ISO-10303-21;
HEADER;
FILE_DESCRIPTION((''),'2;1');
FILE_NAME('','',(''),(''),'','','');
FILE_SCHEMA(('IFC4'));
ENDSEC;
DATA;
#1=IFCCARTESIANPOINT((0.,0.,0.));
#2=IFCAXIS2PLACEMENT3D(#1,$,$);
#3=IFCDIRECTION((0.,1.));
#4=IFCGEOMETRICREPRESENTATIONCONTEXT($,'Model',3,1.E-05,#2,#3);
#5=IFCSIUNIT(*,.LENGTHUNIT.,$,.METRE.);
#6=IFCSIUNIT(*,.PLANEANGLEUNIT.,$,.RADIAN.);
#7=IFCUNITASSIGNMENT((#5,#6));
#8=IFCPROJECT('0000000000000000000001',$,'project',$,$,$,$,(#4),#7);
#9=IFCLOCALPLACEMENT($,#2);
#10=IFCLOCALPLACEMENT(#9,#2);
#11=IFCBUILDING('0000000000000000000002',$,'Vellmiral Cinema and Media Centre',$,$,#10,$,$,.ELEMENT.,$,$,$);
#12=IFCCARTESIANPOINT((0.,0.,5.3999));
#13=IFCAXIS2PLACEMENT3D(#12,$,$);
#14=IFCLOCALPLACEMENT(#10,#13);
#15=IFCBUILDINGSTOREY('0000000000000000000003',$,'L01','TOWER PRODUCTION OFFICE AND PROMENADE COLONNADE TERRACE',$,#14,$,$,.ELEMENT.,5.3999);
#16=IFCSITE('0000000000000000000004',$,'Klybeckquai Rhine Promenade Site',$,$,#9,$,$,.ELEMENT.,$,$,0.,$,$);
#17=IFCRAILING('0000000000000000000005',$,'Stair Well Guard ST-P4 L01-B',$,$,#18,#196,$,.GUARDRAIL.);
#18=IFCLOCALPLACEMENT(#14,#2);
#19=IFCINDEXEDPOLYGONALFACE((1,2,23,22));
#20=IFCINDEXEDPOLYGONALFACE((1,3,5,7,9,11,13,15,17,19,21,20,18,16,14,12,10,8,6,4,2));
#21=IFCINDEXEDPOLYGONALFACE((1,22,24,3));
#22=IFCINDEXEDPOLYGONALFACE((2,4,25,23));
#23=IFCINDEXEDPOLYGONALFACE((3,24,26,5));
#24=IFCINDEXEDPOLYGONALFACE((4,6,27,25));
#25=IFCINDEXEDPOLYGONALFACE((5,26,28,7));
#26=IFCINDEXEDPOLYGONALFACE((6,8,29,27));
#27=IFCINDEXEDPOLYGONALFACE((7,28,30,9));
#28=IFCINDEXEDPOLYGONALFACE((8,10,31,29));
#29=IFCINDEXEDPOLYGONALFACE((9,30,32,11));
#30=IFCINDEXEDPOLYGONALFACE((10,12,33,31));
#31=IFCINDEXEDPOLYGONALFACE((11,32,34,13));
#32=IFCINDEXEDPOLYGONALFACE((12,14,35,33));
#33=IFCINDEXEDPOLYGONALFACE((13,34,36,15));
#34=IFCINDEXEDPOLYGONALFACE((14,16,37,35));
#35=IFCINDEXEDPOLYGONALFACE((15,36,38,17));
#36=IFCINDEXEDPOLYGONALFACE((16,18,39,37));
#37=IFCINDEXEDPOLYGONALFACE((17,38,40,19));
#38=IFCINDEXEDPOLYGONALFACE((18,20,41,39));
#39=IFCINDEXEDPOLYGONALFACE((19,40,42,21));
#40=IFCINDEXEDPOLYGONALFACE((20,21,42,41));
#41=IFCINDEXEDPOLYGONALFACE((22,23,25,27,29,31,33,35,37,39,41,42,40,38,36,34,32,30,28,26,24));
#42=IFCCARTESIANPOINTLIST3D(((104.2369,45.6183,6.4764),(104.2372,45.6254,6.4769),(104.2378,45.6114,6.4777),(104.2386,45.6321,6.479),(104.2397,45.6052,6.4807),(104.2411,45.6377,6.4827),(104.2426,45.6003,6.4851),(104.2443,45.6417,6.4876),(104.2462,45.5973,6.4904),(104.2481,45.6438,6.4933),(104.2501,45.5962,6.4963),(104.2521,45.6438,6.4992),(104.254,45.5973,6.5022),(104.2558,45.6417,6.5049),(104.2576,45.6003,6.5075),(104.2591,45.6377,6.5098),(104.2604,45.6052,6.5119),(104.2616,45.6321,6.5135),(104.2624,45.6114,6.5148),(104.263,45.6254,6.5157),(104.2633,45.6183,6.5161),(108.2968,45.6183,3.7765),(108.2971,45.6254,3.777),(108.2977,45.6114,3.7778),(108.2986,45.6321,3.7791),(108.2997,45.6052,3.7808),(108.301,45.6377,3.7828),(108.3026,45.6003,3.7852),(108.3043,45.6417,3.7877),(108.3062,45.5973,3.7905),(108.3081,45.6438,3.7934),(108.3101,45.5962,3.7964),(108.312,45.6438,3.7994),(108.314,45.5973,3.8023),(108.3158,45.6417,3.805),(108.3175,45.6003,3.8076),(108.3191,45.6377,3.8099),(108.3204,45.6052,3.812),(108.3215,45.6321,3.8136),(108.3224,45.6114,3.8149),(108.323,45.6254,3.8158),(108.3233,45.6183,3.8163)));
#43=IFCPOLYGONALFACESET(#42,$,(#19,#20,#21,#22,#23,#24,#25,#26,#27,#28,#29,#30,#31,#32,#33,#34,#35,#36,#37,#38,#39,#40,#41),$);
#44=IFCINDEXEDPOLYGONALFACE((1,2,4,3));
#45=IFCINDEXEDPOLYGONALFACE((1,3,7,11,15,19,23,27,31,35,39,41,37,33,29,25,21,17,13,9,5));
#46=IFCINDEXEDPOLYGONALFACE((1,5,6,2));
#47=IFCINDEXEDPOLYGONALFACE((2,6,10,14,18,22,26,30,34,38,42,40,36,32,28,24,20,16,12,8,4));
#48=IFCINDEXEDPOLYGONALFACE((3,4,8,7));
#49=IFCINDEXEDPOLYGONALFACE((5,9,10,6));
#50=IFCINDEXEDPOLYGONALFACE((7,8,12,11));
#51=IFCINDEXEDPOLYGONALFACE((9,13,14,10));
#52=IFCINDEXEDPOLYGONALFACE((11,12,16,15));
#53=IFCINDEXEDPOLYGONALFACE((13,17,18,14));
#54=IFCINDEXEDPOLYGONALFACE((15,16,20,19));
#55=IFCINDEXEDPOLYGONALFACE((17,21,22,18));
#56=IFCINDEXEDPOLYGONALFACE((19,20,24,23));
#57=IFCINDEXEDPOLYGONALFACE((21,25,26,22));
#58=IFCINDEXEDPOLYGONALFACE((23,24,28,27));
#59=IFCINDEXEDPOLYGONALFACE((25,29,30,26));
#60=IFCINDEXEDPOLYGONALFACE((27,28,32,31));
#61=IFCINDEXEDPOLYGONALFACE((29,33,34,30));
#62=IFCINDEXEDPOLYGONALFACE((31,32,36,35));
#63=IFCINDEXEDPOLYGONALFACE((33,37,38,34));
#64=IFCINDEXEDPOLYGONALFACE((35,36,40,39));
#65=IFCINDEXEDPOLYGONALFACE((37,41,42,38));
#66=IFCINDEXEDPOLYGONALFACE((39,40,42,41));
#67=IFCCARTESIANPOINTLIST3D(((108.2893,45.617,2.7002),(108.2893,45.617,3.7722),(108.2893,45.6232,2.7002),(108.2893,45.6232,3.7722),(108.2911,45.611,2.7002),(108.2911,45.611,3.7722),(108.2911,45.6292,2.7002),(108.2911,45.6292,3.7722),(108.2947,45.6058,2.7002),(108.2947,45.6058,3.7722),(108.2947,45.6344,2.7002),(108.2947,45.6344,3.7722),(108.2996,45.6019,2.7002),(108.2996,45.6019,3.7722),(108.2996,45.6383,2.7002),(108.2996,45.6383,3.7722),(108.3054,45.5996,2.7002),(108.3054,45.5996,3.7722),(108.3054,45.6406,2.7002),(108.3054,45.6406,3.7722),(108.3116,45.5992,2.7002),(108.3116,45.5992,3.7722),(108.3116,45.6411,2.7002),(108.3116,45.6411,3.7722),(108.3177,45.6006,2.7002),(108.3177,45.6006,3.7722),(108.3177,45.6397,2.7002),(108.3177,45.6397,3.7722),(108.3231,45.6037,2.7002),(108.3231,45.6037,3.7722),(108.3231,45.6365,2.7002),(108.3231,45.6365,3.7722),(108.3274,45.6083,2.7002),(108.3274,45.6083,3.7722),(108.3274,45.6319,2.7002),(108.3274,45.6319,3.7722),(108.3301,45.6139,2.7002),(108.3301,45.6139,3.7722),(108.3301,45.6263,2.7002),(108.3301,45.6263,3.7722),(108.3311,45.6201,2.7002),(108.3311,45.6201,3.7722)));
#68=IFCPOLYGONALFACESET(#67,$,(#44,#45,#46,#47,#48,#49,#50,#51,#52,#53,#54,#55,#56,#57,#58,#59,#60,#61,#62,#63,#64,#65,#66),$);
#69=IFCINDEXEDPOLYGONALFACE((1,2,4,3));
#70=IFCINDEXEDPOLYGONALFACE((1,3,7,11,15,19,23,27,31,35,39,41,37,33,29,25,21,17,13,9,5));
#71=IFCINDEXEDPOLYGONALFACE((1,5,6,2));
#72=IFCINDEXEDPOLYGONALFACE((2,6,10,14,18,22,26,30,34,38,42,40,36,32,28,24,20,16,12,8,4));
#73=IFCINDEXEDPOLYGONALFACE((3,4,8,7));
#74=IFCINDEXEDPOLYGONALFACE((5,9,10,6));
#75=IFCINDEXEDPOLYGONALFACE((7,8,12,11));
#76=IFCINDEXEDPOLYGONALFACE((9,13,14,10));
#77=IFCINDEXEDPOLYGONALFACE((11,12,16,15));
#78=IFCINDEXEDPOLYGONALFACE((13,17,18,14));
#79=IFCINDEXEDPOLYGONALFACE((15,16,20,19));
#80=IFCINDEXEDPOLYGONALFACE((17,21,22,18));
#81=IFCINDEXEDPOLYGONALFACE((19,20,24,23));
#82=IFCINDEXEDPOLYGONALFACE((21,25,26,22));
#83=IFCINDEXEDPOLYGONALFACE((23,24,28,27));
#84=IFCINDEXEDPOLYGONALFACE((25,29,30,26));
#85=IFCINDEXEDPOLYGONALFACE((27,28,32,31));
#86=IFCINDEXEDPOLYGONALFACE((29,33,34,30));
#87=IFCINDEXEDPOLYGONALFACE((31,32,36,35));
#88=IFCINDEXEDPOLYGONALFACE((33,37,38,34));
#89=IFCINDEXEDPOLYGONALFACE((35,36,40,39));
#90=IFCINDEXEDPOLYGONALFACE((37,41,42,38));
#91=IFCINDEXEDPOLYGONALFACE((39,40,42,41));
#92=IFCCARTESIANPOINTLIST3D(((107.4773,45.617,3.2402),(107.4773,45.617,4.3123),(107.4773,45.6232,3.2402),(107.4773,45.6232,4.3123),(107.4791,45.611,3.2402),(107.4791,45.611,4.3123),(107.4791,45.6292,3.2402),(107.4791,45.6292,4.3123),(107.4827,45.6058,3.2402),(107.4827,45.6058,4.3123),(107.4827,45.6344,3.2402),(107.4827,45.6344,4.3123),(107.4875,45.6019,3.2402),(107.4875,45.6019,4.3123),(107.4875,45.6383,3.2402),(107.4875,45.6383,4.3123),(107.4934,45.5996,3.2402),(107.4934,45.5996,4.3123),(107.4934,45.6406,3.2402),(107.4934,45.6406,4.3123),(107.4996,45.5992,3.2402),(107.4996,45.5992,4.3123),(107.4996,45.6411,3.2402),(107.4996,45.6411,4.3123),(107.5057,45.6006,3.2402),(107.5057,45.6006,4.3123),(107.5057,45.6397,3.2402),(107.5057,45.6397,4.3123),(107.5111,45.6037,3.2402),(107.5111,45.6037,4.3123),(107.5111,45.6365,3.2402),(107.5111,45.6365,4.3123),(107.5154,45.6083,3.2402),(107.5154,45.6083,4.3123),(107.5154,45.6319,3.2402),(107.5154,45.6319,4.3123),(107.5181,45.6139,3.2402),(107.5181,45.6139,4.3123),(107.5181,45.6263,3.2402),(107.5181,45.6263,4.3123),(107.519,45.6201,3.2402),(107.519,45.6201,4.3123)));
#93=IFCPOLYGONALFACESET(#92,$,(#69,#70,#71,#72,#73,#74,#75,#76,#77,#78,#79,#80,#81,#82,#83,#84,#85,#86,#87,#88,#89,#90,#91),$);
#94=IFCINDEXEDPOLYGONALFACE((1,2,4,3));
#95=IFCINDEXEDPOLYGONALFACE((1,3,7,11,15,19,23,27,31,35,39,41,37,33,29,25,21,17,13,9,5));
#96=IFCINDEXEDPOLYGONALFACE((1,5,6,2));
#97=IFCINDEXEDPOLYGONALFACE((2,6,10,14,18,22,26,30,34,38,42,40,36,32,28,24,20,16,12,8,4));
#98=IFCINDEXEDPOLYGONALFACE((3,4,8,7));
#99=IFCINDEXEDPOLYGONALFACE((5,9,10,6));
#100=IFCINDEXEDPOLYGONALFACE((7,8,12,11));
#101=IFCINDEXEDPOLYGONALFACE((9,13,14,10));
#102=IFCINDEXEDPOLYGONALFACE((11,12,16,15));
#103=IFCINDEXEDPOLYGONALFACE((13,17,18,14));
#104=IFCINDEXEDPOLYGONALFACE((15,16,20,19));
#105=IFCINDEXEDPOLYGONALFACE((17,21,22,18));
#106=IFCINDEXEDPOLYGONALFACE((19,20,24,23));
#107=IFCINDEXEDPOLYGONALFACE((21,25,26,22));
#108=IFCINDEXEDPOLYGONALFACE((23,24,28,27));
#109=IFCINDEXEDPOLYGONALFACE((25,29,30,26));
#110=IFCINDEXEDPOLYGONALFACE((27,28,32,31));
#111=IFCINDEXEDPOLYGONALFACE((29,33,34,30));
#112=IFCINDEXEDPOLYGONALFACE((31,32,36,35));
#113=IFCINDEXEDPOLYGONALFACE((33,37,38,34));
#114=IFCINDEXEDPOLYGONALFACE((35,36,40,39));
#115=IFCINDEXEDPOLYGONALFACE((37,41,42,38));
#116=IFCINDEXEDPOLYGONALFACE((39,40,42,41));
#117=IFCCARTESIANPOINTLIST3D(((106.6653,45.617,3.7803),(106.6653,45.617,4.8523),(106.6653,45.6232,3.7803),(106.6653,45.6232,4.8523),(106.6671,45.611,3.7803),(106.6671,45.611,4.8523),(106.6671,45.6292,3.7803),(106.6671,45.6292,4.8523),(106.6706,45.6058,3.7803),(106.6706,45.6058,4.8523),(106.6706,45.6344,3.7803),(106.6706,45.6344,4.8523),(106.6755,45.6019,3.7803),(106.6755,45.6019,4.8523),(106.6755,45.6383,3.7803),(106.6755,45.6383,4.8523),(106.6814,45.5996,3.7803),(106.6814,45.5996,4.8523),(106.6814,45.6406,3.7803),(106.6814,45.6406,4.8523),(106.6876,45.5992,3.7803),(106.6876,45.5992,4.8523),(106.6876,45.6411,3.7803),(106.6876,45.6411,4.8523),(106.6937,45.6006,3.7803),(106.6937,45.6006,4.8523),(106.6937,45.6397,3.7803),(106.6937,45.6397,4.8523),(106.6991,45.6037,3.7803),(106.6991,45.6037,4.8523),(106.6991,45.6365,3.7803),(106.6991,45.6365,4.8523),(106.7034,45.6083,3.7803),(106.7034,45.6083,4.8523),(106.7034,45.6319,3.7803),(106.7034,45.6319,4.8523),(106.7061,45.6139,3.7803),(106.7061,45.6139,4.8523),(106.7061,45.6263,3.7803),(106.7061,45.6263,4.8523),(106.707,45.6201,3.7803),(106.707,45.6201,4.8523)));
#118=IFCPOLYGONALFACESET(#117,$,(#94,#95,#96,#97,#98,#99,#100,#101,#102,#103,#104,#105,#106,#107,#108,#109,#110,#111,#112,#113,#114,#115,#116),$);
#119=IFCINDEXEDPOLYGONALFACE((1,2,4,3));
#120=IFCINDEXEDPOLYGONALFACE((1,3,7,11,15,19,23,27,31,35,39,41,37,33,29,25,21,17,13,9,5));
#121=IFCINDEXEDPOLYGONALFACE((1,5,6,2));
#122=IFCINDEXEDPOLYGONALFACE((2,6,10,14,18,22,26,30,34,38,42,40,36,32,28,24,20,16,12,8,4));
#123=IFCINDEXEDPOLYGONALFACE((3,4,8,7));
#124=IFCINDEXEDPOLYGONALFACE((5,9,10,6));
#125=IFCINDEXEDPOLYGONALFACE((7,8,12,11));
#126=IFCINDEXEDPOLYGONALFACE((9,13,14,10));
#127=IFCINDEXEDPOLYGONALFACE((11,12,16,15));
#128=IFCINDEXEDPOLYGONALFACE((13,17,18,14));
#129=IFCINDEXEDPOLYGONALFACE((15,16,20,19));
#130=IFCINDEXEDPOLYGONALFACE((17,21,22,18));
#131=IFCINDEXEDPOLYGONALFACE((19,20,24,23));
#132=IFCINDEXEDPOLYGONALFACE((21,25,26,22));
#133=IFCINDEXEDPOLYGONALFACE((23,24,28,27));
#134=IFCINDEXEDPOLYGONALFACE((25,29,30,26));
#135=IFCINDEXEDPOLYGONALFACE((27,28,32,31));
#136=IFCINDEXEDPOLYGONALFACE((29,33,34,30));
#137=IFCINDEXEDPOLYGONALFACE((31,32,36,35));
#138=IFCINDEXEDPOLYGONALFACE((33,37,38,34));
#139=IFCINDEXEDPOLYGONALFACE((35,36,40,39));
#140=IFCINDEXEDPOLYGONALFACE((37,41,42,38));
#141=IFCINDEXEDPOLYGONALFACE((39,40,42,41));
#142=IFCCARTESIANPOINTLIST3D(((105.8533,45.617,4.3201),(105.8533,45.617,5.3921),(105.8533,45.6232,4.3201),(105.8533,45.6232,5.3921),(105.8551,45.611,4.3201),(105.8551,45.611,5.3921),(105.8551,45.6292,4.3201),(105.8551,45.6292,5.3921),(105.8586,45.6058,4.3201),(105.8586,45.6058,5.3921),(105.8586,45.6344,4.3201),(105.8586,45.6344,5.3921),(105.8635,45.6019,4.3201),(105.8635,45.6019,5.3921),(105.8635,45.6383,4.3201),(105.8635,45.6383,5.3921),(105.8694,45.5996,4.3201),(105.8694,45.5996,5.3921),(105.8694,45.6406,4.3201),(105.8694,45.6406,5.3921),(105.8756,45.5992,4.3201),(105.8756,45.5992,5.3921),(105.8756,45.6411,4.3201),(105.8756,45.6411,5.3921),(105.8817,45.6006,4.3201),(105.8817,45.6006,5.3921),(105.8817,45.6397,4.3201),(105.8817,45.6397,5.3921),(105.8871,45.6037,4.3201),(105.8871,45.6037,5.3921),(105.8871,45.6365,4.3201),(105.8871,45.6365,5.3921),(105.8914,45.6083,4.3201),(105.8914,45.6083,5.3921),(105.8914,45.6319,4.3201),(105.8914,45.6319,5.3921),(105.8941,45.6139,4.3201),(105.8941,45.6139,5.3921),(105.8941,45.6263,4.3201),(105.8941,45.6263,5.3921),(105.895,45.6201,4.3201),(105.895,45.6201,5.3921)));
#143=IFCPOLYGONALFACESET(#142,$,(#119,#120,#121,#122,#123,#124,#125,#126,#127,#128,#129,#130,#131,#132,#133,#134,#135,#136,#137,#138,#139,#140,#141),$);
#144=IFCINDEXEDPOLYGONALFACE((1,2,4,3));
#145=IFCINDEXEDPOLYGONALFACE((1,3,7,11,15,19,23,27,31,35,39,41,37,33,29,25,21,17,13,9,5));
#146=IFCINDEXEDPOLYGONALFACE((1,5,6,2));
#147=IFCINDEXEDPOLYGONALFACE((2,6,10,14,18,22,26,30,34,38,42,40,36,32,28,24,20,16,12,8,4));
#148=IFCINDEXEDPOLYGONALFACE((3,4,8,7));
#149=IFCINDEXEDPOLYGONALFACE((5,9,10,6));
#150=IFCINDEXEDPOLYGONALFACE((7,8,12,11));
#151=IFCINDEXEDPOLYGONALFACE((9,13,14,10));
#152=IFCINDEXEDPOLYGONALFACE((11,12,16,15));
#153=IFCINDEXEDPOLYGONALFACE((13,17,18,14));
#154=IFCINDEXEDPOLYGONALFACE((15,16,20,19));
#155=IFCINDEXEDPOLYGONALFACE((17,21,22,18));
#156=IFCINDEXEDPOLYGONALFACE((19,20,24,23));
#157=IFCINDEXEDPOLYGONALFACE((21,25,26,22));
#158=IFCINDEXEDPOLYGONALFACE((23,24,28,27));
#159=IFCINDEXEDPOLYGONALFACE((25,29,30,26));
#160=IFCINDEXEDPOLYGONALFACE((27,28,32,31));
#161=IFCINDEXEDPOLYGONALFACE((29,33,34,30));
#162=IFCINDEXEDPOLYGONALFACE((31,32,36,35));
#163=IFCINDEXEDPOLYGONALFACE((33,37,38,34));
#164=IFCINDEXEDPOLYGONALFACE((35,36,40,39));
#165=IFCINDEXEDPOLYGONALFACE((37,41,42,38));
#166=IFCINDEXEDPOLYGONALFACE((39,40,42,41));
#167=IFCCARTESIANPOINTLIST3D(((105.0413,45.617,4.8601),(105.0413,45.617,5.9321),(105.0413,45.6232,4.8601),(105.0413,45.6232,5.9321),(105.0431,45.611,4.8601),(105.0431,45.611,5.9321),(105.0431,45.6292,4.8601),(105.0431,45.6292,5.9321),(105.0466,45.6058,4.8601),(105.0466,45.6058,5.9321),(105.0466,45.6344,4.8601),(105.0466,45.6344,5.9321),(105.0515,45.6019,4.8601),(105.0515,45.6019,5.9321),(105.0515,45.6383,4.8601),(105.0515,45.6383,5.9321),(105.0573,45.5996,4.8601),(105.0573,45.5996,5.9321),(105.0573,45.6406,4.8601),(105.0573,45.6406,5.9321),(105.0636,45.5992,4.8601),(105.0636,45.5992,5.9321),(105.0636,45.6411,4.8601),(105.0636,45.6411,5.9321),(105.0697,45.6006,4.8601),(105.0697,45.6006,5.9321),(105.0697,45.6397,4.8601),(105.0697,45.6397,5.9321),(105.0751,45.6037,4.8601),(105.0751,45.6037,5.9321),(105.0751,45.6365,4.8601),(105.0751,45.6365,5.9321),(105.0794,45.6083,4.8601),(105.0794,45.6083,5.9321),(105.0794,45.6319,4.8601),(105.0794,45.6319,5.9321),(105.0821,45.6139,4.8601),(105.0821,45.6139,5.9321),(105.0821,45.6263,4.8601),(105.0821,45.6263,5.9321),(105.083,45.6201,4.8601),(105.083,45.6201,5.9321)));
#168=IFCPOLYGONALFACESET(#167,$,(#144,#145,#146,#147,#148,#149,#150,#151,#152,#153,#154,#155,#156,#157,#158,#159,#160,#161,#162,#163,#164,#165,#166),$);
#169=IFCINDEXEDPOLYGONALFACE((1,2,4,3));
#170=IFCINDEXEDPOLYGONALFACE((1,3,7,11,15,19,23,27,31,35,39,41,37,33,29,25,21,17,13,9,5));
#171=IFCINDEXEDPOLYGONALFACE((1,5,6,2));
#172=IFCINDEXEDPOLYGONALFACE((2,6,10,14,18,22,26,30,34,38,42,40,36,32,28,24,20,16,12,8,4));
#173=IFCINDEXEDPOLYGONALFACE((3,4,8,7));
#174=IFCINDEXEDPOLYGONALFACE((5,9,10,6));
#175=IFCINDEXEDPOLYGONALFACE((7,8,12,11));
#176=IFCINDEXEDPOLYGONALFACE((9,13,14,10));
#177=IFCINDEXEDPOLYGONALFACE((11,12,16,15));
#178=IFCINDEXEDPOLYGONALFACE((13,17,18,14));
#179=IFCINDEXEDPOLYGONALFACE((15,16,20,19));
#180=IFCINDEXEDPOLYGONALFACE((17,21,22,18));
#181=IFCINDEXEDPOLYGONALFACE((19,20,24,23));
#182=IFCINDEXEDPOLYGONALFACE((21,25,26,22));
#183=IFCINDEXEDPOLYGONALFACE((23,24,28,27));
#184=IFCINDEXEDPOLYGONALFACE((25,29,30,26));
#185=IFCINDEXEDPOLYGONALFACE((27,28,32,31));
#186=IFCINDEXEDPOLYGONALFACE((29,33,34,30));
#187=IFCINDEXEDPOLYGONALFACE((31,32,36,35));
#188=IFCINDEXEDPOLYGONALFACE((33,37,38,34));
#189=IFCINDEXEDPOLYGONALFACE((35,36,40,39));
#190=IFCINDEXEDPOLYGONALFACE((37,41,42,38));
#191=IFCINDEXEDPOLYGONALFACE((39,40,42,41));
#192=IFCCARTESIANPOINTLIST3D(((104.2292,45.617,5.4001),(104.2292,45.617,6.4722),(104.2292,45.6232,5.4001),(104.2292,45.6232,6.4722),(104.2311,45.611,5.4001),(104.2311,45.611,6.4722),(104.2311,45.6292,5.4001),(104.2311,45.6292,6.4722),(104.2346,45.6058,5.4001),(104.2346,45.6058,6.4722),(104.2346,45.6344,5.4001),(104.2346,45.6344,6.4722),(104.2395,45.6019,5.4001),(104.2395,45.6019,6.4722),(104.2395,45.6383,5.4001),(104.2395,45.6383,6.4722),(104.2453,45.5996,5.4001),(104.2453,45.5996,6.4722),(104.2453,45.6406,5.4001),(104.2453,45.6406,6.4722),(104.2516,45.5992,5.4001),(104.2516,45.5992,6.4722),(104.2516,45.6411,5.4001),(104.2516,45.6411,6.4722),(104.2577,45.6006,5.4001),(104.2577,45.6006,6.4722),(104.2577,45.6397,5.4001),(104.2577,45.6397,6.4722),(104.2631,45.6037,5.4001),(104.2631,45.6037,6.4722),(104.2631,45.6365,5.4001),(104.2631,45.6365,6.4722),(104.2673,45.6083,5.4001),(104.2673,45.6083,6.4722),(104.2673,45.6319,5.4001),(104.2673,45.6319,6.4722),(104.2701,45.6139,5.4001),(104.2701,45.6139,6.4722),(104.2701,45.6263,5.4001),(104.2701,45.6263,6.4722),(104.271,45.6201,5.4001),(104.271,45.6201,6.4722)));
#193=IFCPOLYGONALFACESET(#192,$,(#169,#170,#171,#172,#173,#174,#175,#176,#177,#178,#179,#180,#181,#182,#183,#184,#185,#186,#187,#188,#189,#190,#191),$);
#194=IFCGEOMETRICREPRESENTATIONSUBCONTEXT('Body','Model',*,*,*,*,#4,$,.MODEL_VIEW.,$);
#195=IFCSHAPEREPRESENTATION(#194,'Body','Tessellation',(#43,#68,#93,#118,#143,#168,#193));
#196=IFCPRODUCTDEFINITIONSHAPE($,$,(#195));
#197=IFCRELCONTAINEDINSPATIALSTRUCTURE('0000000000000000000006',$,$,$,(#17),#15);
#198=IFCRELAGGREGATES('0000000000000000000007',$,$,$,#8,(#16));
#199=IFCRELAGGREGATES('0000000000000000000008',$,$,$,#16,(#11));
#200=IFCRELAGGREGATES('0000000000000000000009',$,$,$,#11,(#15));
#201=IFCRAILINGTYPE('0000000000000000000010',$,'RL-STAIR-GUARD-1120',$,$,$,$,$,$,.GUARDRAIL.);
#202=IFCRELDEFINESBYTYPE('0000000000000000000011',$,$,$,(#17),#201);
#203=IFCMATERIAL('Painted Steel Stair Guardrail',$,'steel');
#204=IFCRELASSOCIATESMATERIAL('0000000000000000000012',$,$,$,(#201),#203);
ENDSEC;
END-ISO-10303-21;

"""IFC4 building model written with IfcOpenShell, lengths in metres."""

from ifc_helpers import new_model, si_unit, direction, frame, origin, origin_2d, place, context, subcontext, project, spatial, circle, extrude, material, type_object, element, save


model = new_model("IFC4")

# Units and contexts
model_context = context("Model", 3, precision=1e-05, world=origin(), true_north=direction((0.0, 1.0)))
body_context = subcontext(model_context, "Body", "Model", "MODEL_VIEW")
ifc_project = project(units=[si_unit("LENGTHUNIT", "METRE"), si_unit("PLANEANGLEUNIT", "RADIAN")], contexts=[model_context])

# Site, building, storey
site_placement = place(None, origin())
site = spatial("IfcSite", under=ifc_project, at=site_placement, Name="Klybeckquai Rhine Promenade Site", CompositionType="ELEMENT", RefElevation=0.0)
building_placement = place(site_placement, origin())
building = spatial("IfcBuilding", under=site, at=building_placement, Name="Vellmiral Cinema and Media Centre", CompositionType="ELEMENT")
storey_placement = place(building_placement, frame((0.0, 0.0, 5.3999)))
storey = spatial("IfcBuildingStorey", under=building, at=storey_placement, Name="L01", Description="TOWER PRODUCTION OFFICE AND PROMENADE COLONNADE TERRACE", CompositionType="ELEMENT", Elevation=5.3999)

# Railing
ifc_material_1 = material(Name="Painted Steel Stair Guardrail", Category="steel")
railing_type_1 = type_object("IfcRailingType", Name="RL-STAIR-GUARD-1120", PredefinedType="GUARDRAIL", material=ifc_material_1)
railing_1_placement = place(storey_placement, frame((108.3101, 45.6201, 2.7002)))
element("IfcRailing", 1, at=railing_1_placement, inside=storey, type_object=railing_type_1, Name="Stair Well Guard ST-P4 L01-B", PredefinedType="GUARDRAIL", context=body_context, shape_type="SweptSolid", body=[
    extrude(circle(Radius=0.0239, at=origin_2d()), frame((0.0, 0.0, 1.0962), z_axis=(-0.832689, 0.0, 0.553741), x_axis=(0.0, -1.0, 0.0)), (0.0, 0.0, 1.0), 4.8757),
    extrude(circle(Radius=0.021, at=origin_2d()), origin(), (0.0, 0.0, 1.0), 1.072),
    extrude(circle(Radius=0.021, at=origin_2d()), frame((-0.812, 0.0, 0.54)), (0.0, 0.0, 1.0), 1.072),
    extrude(circle(Radius=0.021, at=origin_2d()), frame((-1.624, 0.0, 1.0801)), (0.0, 0.0, 1.0), 1.072),
    extrude(circle(Radius=0.021, at=origin_2d()), frame((-2.436, 0.0, 1.6199)), (0.0, 0.0, 1.0), 1.072),
    extrude(circle(Radius=0.021, at=origin_2d()), frame((-3.248, 0.0, 2.1599)), (0.0, 0.0, 1.0), 1.072),
    extrude(circle(Radius=0.021, at=origin_2d()), frame((-4.0601, 0.0, 2.7)), (0.0, 0.0, 1.0), 1.072),
])

save(model, "model.ifc")
